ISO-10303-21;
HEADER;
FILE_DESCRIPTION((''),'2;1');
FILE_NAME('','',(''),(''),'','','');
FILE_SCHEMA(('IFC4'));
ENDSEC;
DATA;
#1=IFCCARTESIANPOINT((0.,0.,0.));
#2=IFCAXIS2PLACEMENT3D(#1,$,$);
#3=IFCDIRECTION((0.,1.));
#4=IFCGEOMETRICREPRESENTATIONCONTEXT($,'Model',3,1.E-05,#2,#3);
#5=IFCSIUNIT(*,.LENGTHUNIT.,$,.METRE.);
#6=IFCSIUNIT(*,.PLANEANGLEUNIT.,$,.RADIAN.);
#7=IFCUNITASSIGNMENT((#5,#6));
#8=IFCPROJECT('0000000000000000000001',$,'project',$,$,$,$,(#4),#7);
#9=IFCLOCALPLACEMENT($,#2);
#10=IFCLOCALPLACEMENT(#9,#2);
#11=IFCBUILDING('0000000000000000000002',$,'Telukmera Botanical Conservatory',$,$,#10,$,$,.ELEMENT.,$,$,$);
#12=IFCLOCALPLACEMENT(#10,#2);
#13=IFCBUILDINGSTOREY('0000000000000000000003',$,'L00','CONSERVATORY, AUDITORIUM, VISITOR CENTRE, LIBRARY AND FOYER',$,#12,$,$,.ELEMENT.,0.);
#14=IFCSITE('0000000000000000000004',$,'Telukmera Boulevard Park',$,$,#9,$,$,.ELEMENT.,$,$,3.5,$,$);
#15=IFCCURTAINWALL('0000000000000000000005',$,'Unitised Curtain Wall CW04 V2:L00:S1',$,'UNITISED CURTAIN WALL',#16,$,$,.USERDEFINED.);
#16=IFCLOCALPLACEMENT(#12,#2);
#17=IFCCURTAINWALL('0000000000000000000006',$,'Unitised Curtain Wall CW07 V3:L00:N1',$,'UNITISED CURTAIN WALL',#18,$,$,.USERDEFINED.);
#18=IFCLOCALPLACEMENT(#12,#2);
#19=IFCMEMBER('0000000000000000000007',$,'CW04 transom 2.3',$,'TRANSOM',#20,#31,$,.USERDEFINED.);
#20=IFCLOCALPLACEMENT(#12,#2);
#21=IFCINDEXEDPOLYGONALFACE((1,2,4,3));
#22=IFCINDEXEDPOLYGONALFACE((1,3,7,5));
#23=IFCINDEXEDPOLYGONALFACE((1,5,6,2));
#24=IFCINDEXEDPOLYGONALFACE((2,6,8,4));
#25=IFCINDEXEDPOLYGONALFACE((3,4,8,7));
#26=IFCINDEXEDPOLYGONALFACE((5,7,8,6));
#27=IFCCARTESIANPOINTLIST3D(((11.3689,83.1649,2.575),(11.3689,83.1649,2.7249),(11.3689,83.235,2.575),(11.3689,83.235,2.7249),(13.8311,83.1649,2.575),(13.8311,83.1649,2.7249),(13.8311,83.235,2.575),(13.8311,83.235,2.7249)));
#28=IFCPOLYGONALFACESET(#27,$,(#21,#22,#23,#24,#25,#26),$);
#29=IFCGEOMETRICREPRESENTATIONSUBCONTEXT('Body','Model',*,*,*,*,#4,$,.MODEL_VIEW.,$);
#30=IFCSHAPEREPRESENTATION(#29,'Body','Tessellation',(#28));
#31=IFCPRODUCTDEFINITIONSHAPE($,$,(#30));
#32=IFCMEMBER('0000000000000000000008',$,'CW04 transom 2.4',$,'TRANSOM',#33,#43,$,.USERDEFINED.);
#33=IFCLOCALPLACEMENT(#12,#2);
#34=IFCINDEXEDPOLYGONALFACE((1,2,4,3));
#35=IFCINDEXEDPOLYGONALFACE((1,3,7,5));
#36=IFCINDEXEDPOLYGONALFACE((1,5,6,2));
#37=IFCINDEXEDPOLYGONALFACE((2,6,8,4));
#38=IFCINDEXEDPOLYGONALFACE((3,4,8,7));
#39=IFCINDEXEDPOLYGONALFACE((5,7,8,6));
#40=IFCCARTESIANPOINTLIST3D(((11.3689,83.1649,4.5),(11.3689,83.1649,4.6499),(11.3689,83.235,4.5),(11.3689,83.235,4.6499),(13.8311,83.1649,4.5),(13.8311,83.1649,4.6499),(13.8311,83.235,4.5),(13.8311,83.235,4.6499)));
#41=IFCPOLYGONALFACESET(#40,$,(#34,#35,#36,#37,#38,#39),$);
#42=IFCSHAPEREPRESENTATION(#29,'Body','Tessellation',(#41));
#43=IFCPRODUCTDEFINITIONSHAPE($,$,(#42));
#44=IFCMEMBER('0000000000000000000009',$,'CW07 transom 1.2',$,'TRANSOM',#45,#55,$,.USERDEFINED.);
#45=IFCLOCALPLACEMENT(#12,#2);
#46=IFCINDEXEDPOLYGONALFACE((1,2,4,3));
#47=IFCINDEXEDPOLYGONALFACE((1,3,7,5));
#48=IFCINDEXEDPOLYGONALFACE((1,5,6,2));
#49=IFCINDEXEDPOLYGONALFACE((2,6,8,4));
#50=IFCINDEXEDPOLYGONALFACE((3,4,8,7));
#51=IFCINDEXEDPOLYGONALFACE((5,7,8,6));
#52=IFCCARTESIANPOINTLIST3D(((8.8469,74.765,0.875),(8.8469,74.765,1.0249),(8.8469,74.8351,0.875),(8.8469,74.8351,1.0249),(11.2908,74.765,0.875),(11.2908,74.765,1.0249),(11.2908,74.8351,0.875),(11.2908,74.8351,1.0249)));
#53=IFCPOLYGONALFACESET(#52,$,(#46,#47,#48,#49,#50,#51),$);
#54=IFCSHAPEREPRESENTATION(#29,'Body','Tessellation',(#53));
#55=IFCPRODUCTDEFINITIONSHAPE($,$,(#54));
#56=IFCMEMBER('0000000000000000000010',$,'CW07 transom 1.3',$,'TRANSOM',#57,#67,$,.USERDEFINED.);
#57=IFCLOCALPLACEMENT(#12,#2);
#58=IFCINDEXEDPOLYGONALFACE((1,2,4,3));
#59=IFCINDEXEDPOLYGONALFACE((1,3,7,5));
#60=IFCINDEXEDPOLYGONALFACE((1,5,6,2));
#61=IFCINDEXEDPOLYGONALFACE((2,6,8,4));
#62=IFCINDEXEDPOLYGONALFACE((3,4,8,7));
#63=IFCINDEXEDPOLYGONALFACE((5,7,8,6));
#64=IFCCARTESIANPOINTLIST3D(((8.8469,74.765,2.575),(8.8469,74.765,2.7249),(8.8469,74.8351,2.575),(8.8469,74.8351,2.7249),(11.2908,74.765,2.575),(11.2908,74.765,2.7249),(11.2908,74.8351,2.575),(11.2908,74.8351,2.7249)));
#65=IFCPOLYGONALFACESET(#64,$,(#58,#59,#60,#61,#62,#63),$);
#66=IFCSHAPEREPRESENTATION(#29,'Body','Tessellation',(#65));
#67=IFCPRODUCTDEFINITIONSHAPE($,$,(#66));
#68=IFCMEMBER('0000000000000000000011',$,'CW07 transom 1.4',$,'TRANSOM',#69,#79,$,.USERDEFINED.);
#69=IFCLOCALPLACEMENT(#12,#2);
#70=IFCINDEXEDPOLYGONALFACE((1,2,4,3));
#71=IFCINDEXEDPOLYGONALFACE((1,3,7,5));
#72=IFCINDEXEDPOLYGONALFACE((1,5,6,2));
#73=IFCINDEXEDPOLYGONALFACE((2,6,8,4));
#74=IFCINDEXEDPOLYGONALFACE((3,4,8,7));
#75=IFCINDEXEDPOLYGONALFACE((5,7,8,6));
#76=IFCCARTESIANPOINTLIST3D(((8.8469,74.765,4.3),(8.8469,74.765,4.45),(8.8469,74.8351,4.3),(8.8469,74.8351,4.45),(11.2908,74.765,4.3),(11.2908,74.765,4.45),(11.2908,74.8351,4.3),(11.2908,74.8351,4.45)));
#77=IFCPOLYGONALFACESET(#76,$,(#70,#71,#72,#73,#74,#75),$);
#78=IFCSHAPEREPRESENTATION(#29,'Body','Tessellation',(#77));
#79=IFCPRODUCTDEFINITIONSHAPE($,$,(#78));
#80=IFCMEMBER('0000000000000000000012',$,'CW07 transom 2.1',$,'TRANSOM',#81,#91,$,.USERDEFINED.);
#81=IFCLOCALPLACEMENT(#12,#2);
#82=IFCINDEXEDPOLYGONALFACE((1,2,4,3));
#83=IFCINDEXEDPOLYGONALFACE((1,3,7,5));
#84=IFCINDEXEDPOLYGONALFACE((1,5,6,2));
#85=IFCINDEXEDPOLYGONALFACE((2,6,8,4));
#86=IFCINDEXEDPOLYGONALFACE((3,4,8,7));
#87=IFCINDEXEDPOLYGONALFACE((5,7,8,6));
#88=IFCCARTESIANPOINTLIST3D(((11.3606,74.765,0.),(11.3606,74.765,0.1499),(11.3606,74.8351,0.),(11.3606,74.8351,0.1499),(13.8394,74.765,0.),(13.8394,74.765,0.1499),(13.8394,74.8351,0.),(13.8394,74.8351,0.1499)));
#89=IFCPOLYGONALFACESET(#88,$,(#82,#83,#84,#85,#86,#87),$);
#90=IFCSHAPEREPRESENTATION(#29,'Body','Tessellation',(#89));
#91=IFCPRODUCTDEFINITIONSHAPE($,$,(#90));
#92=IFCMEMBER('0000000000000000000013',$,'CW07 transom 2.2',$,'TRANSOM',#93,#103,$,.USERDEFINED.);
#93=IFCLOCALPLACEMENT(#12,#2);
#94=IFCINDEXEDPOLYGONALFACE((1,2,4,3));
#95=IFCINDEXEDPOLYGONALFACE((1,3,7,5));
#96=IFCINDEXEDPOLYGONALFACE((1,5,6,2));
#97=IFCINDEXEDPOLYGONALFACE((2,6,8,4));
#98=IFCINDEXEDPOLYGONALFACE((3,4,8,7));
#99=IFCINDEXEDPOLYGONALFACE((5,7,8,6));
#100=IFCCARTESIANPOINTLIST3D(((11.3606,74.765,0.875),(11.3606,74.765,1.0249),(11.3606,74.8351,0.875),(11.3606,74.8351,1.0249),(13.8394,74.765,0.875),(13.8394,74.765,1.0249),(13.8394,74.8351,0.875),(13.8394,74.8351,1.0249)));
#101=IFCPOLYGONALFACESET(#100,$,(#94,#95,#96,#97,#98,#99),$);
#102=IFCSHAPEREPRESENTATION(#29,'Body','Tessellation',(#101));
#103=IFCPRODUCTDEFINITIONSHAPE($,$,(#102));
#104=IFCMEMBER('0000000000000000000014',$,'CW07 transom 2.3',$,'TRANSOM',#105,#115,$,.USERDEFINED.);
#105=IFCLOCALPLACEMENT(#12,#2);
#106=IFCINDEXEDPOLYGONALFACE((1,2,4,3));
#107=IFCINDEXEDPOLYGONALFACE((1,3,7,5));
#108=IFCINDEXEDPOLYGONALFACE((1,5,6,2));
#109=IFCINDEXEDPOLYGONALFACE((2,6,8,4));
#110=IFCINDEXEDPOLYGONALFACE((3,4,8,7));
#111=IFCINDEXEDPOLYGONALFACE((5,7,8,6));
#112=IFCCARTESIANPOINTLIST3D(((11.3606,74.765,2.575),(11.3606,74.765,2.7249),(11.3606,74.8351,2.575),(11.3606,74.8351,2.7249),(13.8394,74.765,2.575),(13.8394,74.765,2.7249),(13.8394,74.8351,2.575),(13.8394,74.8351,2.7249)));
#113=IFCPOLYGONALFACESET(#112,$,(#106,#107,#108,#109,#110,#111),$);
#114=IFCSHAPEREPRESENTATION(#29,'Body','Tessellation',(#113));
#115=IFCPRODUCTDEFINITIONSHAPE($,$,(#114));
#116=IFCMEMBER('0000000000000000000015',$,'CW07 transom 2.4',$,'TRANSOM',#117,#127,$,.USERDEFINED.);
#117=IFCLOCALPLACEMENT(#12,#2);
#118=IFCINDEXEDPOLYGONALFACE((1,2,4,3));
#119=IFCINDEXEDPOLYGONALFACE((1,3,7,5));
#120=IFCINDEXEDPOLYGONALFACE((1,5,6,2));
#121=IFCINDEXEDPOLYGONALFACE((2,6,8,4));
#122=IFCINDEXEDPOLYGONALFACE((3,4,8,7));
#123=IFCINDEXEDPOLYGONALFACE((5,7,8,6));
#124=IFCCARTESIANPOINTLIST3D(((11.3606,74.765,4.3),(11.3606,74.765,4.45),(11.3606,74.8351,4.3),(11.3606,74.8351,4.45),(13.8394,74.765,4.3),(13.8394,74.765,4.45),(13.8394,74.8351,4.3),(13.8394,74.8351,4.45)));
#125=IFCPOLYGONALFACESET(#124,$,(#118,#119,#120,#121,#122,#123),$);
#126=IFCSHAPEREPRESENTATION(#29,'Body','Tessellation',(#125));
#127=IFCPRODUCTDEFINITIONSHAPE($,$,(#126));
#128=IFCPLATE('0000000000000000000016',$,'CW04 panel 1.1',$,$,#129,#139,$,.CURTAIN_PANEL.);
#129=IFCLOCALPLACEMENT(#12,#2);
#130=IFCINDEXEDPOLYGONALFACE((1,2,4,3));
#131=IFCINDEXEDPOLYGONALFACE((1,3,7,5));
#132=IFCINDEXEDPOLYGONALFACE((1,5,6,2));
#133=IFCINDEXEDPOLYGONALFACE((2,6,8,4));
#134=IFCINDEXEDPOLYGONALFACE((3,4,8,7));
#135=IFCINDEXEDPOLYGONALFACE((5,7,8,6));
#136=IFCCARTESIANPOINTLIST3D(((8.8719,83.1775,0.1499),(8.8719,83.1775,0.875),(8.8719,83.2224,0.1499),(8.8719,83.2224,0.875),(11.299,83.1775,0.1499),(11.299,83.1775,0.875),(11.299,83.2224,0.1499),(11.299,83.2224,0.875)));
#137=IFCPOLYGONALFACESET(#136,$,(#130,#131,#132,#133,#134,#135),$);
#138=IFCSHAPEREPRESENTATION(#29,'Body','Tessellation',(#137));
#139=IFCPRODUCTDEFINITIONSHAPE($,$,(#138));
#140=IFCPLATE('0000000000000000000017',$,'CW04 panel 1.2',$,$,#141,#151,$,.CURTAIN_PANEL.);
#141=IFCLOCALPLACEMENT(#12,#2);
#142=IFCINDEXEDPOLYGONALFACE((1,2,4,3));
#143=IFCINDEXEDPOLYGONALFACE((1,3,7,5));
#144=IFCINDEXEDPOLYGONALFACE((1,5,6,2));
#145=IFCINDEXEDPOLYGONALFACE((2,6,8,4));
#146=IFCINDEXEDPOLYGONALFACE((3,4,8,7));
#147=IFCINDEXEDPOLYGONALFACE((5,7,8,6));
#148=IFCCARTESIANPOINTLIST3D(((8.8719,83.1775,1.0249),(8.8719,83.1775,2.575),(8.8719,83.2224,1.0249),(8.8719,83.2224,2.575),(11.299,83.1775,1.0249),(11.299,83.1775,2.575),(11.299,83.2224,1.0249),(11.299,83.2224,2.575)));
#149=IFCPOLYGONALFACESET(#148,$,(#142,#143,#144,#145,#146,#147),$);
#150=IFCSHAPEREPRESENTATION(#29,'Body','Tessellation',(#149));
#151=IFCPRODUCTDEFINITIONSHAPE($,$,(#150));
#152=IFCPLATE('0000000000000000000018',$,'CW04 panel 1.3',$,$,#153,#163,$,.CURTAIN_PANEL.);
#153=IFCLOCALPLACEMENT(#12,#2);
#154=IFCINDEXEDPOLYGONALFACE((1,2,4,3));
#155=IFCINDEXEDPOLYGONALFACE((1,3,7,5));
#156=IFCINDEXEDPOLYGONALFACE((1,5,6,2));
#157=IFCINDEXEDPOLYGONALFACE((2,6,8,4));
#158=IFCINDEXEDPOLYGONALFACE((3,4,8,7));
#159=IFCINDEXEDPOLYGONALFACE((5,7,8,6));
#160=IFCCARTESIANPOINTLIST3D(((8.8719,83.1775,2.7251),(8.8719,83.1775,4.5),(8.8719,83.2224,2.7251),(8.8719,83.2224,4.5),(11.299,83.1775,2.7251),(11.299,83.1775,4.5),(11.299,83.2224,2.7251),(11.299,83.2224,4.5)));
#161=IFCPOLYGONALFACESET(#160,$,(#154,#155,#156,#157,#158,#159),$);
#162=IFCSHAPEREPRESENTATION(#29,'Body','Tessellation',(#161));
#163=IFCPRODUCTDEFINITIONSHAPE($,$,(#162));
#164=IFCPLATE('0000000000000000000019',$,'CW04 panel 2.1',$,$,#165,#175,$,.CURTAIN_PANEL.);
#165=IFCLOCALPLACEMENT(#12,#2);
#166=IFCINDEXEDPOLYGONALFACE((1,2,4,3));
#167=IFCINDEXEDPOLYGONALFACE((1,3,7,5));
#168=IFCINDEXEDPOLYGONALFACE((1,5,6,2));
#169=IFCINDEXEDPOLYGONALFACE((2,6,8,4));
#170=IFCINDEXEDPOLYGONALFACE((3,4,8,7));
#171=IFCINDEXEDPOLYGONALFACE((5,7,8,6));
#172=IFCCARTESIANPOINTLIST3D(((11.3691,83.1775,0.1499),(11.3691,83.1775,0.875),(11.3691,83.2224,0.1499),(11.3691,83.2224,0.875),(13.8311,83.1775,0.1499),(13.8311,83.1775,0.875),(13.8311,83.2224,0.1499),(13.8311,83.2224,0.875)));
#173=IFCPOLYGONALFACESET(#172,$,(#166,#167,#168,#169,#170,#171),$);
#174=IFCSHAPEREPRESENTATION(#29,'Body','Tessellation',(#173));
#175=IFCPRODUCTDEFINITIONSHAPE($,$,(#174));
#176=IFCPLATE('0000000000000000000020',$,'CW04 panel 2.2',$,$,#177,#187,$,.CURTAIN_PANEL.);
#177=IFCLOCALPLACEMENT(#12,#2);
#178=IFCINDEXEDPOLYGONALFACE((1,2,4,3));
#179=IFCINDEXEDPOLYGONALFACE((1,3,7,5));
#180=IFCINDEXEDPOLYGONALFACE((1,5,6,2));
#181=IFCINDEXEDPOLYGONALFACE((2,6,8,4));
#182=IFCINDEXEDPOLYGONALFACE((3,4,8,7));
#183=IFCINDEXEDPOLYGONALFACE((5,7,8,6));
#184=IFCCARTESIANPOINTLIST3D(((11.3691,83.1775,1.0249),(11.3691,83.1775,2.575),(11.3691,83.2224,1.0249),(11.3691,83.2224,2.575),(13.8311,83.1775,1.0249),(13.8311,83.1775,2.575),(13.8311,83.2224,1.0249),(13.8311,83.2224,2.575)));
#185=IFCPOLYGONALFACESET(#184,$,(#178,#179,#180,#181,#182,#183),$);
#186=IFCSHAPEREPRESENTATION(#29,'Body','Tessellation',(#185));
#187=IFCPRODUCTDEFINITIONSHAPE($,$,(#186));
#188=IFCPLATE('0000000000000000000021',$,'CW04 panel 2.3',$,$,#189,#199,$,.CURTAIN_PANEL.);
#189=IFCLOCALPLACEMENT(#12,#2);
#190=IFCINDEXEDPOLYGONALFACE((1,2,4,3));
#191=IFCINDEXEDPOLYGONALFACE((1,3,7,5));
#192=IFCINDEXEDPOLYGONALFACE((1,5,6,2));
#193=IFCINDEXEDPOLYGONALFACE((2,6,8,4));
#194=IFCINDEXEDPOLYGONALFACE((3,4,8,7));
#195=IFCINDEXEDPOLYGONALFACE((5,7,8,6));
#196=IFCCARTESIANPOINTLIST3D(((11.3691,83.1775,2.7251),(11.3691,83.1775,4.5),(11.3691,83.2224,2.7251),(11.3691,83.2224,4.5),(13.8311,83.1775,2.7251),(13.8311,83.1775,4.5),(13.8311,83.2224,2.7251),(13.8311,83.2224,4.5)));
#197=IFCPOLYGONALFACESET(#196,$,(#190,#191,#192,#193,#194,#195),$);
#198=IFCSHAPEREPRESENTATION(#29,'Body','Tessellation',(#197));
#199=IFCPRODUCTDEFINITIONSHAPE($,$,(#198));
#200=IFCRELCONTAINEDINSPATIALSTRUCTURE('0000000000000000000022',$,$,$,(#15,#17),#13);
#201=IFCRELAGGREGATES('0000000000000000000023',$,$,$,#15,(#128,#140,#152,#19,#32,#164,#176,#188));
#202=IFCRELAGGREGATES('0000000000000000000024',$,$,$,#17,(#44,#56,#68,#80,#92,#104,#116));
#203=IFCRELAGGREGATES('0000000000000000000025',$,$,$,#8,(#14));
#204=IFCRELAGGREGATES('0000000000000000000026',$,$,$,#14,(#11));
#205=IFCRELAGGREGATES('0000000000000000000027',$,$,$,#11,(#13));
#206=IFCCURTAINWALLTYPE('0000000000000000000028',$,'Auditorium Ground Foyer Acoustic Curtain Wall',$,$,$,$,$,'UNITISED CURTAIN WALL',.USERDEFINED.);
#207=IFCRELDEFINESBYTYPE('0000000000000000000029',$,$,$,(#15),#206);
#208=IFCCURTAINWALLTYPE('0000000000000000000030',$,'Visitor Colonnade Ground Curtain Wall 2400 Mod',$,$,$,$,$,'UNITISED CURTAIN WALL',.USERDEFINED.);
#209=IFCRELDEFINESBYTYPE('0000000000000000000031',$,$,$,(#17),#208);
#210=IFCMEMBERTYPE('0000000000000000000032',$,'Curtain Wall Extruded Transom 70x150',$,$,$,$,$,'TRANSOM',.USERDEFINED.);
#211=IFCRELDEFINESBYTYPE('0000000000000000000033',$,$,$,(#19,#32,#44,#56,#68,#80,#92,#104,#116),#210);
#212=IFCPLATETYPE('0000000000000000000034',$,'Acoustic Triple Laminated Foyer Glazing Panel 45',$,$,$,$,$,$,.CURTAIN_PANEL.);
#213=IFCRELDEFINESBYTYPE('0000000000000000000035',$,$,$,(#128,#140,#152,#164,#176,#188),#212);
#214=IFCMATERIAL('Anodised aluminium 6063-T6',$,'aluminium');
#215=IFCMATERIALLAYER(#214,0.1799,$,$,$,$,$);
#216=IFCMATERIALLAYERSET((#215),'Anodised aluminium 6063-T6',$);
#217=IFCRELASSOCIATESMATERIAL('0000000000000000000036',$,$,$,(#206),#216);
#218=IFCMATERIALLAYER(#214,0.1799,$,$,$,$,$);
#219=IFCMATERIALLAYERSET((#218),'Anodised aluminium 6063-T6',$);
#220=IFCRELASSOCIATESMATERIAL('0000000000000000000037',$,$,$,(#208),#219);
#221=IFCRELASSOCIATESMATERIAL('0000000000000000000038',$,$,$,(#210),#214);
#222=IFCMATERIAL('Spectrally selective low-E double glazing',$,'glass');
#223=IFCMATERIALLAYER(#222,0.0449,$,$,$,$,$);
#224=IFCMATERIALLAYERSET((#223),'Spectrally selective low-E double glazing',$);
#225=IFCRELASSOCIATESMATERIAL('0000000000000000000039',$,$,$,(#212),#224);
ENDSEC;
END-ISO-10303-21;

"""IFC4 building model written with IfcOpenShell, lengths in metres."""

from ifc_helpers import new_model, si_unit, direction, frame, origin, origin_2d, place, context, subcontext, project, spatial, rectangle, extrude, material, layer, layer_set, material_profile, profile_set, type_object, element, aggregate, save


model = new_model("IFC4")

# Units and contexts
model_context = context("Model", 3, precision=1e-05, world=origin(), true_north=direction((0.0, 1.0)))
body_context = subcontext(model_context, "Body", "Model", "MODEL_VIEW")
ifc_project = project(units=[si_unit("LENGTHUNIT", "METRE"), si_unit("PLANEANGLEUNIT", "RADIAN")], contexts=[model_context])

# Site, building, storey
site_placement = place(None, origin())
site = spatial("IfcSite", under=ifc_project, at=site_placement, Name="Telukmera Boulevard Park", CompositionType="ELEMENT", RefElevation=3.5)
building_placement = place(site_placement, origin())
building = spatial("IfcBuilding", under=site, at=building_placement, Name="Telukmera Botanical Conservatory", CompositionType="ELEMENT")
storey_placement = place(building_placement, origin())
storey = spatial("IfcBuildingStorey", under=building, at=storey_placement, Name="L00", Description="CONSERVATORY, AUDITORIUM, VISITOR CENTRE, LIBRARY AND FOYER", CompositionType="ELEMENT", Elevation=0.0)

# Curtain walls
ifc_material_1 = material(Name="Anodised aluminium 6063-T6", Category="aluminium")
ifc_layer_1 = layer(ifc_material_1, 0.1799)
ifc_layer_set_1 = layer_set([ifc_layer_1], Name="Anodised aluminium 6063-T6")
curtain_wall_type_1 = type_object("IfcCurtainWallType", Name="Auditorium Ground Foyer Acoustic Curtain Wall", ElementType="UNITISED CURTAIN WALL", PredefinedType="USERDEFINED", material=ifc_layer_set_1)
curtain_wall_1_placement = place(storey_placement, origin())
curtain_wall_1 = element("IfcCurtainWall", 1, at=curtain_wall_1_placement, inside=storey, type_object=curtain_wall_type_1, Name="Unitised Curtain Wall CW04 V2:L00:S1", ObjectType="UNITISED CURTAIN WALL", PredefinedType="USERDEFINED")
ifc_layer_2 = layer(ifc_material_1, 0.1799)
ifc_layer_set_2 = layer_set([ifc_layer_2], Name="Anodised aluminium 6063-T6")
curtain_wall_type_2 = type_object("IfcCurtainWallType", Name="Visitor Colonnade Ground Curtain Wall 2400 Mod", ElementType="UNITISED CURTAIN WALL", PredefinedType="USERDEFINED", material=ifc_layer_set_2)
curtain_wall_2_placement = place(storey_placement, origin())
curtain_wall_2 = element("IfcCurtainWall", 2, at=curtain_wall_2_placement, inside=storey, type_object=curtain_wall_type_2, Name="Unitised Curtain Wall CW07 V3:L00:N1", ObjectType="UNITISED CURTAIN WALL", PredefinedType="USERDEFINED")

# Members
ifc_material_profile_1 = material_profile(ifc_material_1, rectangle(XDim=0.0701, YDim=0.1499, at=origin_2d()), Name="ALU TRAN 70x150")
ifc_profile_set_1 = profile_set([ifc_material_profile_1], Name="Anodised aluminium 6063-T6")
member_type_1 = type_object("IfcMemberType", Name="Curtain Wall Extruded Transom 70x150", ElementType="TRANSOM", PredefinedType="USERDEFINED", material=ifc_profile_set_1)
member_1_placement = place(storey_placement, frame((11.3689, 83.2, 2.6499), z_axis=(1.0, 0.0, 0.0), x_axis=(0.0, 1.0, 0.0)))
member_1 = element("IfcMember", 3, at=member_1_placement, type_object=member_type_1, Name="CW04 transom 2.3", ObjectType="TRANSOM", PredefinedType="USERDEFINED", context=body_context, shape_type="SweptSolid", body=[
    extrude(rectangle(XDim=0.0701, YDim=0.1499, at=origin_2d()), origin(), (0.0, 0.0, 1.0), 2.4622),
])
member_2_placement = place(storey_placement, frame((11.3689, 83.2, 4.575), z_axis=(1.0, 0.0, 0.0), x_axis=(0.0, 1.0, 0.0)))
member_2 = element("IfcMember", 4, at=member_2_placement, type_object=member_type_1, Name="CW04 transom 2.4", ObjectType="TRANSOM", PredefinedType="USERDEFINED", context=body_context, shape_type="SweptSolid", body=[
    extrude(rectangle(XDim=0.0701, YDim=0.1499, at=origin_2d()), origin(), (0.0, 0.0, 1.0), 2.4622),
])
member_3_placement = place(storey_placement, frame((8.8469, 74.8, 0.95), z_axis=(1.0, 0.0, 0.0), x_axis=(0.0, 1.0, 0.0)))
member_3 = element("IfcMember", 5, at=member_3_placement, type_object=member_type_1, Name="CW07 transom 1.2", ObjectType="TRANSOM", PredefinedType="USERDEFINED", context=body_context, shape_type="SweptSolid", body=[
    extrude(rectangle(XDim=0.0701, YDim=0.1499, at=origin_2d()), origin(), (0.0, 0.0, 1.0), 2.4438),
])
member_4_placement = place(storey_placement, frame((8.8469, 74.8, 2.6499), z_axis=(1.0, 0.0, 0.0), x_axis=(0.0, 1.0, 0.0)))
member_4 = element("IfcMember", 6, at=member_4_placement, type_object=member_type_1, Name="CW07 transom 1.3", ObjectType="TRANSOM", PredefinedType="USERDEFINED", context=body_context, shape_type="SweptSolid", body=[
    extrude(rectangle(XDim=0.0701, YDim=0.1499, at=origin_2d()), origin(), (0.0, 0.0, 1.0), 2.4438),
])
member_5_placement = place(storey_placement, frame((8.8469, 74.8, 4.375), z_axis=(1.0, 0.0, 0.0), x_axis=(0.0, 1.0, 0.0)))
member_5 = element("IfcMember", 7, at=member_5_placement, type_object=member_type_1, Name="CW07 transom 1.4", ObjectType="TRANSOM", PredefinedType="USERDEFINED", context=body_context, shape_type="SweptSolid", body=[
    extrude(rectangle(XDim=0.0701, YDim=0.1499, at=origin_2d()), origin(), (0.0, 0.0, 1.0), 2.4438),
])
member_6_placement = place(storey_placement, frame((11.3606, 74.8, 0.075), z_axis=(1.0, 0.0, 0.0), x_axis=(0.0, 1.0, 0.0)))
member_6 = element("IfcMember", 8, at=member_6_placement, type_object=member_type_1, Name="CW07 transom 2.1", ObjectType="TRANSOM", PredefinedType="USERDEFINED", context=body_context, shape_type="SweptSolid", body=[
    extrude(rectangle(XDim=0.0701, YDim=0.1499, at=origin_2d()), origin(), (0.0, 0.0, 1.0), 2.4788),
])
member_7_placement = place(storey_placement, frame((11.3606, 74.8, 0.95), z_axis=(1.0, 0.0, 0.0), x_axis=(0.0, 1.0, 0.0)))
member_7 = element("IfcMember", 9, at=member_7_placement, type_object=member_type_1, Name="CW07 transom 2.2", ObjectType="TRANSOM", PredefinedType="USERDEFINED", context=body_context, shape_type="SweptSolid", body=[
    extrude(rectangle(XDim=0.0701, YDim=0.1499, at=origin_2d()), origin(), (0.0, 0.0, 1.0), 2.4788),
])
member_8_placement = place(storey_placement, frame((11.3606, 74.8, 2.6499), z_axis=(1.0, 0.0, 0.0), x_axis=(0.0, 1.0, 0.0)))
member_8 = element("IfcMember", 10, at=member_8_placement, type_object=member_type_1, Name="CW07 transom 2.3", ObjectType="TRANSOM", PredefinedType="USERDEFINED", context=body_context, shape_type="SweptSolid", body=[
    extrude(rectangle(XDim=0.0701, YDim=0.1499, at=origin_2d()), origin(), (0.0, 0.0, 1.0), 2.4788),
])
member_9_placement = place(storey_placement, frame((11.3606, 74.8, 4.375), z_axis=(1.0, 0.0, 0.0), x_axis=(0.0, 1.0, 0.0)))
member_9 = element("IfcMember", 11, at=member_9_placement, type_object=member_type_1, Name="CW07 transom 2.4", ObjectType="TRANSOM", PredefinedType="USERDEFINED", context=body_context, shape_type="SweptSolid", body=[
    extrude(rectangle(XDim=0.0701, YDim=0.1499, at=origin_2d()), origin(), (0.0, 0.0, 1.0), 2.4788),
])

# Plates
ifc_material_2 = material(Name="Spectrally selective low-E double glazing", Category="glass")
ifc_layer_3 = layer(ifc_material_2, 0.0449)
ifc_layer_set_3 = layer_set([ifc_layer_3], Name="Spectrally selective low-E double glazing")
plate_type_1 = type_object("IfcPlateType", Name="Acoustic Triple Laminated Foyer Glazing Panel 45", PredefinedType="CURTAIN_PANEL", material=ifc_layer_set_3)
plate_1_placement = place(storey_placement, frame((10.0854, 83.2, 0.1499), z_axis=(0.0, 0.0, 1.0), x_axis=(1.0, 0.0, 0.0)))
plate_1 = element("IfcPlate", 12, at=plate_1_placement, type_object=plate_type_1, Name="CW04 panel 1.1", PredefinedType="CURTAIN_PANEL", context=body_context, shape_type="SweptSolid", body=[
    extrude(rectangle(XDim=2.427, YDim=0.0449, at=origin_2d()), origin(), (0.0, 0.0, 1.0), 0.7251),
])
plate_2_placement = place(storey_placement, frame((10.0854, 83.2, 1.0249), z_axis=(0.0, 0.0, 1.0), x_axis=(1.0, 0.0, 0.0)))
plate_2 = element("IfcPlate", 13, at=plate_2_placement, type_object=plate_type_1, Name="CW04 panel 1.2", PredefinedType="CURTAIN_PANEL", context=body_context, shape_type="SweptSolid", body=[
    extrude(rectangle(XDim=2.427, YDim=0.0449, at=origin_2d()), origin(), (0.0, 0.0, 1.0), 1.55),
])
plate_3_placement = place(storey_placement, frame((10.0854, 83.2, 2.7251), z_axis=(0.0, 0.0, 1.0), x_axis=(1.0, 0.0, 0.0)))
plate_3 = element("IfcPlate", 14, at=plate_3_placement, type_object=plate_type_1, Name="CW04 panel 1.3", PredefinedType="CURTAIN_PANEL", context=body_context, shape_type="SweptSolid", body=[
    extrude(rectangle(XDim=2.427, YDim=0.0449, at=origin_2d()), origin(), (0.0, 0.0, 1.0), 1.7749),
])
plate_4_placement = place(storey_placement, frame((12.6001, 83.2, 0.1499), z_axis=(0.0, 0.0, 1.0), x_axis=(1.0, 0.0, 0.0)))
plate_4 = element("IfcPlate", 15, at=plate_4_placement, type_object=plate_type_1, Name="CW04 panel 2.1", PredefinedType="CURTAIN_PANEL", context=body_context, shape_type="SweptSolid", body=[
    extrude(rectangle(XDim=2.4619, YDim=0.0449, at=origin_2d()), origin(), (0.0, 0.0, 1.0), 0.7251),
])
plate_5_placement = place(storey_placement, frame((12.6001, 83.2, 1.0249), z_axis=(0.0, 0.0, 1.0), x_axis=(1.0, 0.0, 0.0)))
plate_5 = element("IfcPlate", 16, at=plate_5_placement, type_object=plate_type_1, Name="CW04 panel 2.2", PredefinedType="CURTAIN_PANEL", context=body_context, shape_type="SweptSolid", body=[
    extrude(rectangle(XDim=2.4619, YDim=0.0449, at=origin_2d()), origin(), (0.0, 0.0, 1.0), 1.55),
])
plate_6_placement = place(storey_placement, frame((12.6001, 83.2, 2.7251), z_axis=(0.0, 0.0, 1.0), x_axis=(1.0, 0.0, 0.0)))
plate_6 = element("IfcPlate", 17, at=plate_6_placement, type_object=plate_type_1, Name="CW04 panel 2.3", PredefinedType="CURTAIN_PANEL", context=body_context, shape_type="SweptSolid", body=[
    extrude(rectangle(XDim=2.4619, YDim=0.0449, at=origin_2d()), origin(), (0.0, 0.0, 1.0), 1.7749),
])
aggregate(curtain_wall_1, [plate_1, plate_2, plate_3, member_1, member_2, plate_4, plate_5, plate_6])
aggregate(curtain_wall_2, [member_3, member_4, member_5, member_6, member_7, member_8, member_9])

save(model, "model.ifc")
